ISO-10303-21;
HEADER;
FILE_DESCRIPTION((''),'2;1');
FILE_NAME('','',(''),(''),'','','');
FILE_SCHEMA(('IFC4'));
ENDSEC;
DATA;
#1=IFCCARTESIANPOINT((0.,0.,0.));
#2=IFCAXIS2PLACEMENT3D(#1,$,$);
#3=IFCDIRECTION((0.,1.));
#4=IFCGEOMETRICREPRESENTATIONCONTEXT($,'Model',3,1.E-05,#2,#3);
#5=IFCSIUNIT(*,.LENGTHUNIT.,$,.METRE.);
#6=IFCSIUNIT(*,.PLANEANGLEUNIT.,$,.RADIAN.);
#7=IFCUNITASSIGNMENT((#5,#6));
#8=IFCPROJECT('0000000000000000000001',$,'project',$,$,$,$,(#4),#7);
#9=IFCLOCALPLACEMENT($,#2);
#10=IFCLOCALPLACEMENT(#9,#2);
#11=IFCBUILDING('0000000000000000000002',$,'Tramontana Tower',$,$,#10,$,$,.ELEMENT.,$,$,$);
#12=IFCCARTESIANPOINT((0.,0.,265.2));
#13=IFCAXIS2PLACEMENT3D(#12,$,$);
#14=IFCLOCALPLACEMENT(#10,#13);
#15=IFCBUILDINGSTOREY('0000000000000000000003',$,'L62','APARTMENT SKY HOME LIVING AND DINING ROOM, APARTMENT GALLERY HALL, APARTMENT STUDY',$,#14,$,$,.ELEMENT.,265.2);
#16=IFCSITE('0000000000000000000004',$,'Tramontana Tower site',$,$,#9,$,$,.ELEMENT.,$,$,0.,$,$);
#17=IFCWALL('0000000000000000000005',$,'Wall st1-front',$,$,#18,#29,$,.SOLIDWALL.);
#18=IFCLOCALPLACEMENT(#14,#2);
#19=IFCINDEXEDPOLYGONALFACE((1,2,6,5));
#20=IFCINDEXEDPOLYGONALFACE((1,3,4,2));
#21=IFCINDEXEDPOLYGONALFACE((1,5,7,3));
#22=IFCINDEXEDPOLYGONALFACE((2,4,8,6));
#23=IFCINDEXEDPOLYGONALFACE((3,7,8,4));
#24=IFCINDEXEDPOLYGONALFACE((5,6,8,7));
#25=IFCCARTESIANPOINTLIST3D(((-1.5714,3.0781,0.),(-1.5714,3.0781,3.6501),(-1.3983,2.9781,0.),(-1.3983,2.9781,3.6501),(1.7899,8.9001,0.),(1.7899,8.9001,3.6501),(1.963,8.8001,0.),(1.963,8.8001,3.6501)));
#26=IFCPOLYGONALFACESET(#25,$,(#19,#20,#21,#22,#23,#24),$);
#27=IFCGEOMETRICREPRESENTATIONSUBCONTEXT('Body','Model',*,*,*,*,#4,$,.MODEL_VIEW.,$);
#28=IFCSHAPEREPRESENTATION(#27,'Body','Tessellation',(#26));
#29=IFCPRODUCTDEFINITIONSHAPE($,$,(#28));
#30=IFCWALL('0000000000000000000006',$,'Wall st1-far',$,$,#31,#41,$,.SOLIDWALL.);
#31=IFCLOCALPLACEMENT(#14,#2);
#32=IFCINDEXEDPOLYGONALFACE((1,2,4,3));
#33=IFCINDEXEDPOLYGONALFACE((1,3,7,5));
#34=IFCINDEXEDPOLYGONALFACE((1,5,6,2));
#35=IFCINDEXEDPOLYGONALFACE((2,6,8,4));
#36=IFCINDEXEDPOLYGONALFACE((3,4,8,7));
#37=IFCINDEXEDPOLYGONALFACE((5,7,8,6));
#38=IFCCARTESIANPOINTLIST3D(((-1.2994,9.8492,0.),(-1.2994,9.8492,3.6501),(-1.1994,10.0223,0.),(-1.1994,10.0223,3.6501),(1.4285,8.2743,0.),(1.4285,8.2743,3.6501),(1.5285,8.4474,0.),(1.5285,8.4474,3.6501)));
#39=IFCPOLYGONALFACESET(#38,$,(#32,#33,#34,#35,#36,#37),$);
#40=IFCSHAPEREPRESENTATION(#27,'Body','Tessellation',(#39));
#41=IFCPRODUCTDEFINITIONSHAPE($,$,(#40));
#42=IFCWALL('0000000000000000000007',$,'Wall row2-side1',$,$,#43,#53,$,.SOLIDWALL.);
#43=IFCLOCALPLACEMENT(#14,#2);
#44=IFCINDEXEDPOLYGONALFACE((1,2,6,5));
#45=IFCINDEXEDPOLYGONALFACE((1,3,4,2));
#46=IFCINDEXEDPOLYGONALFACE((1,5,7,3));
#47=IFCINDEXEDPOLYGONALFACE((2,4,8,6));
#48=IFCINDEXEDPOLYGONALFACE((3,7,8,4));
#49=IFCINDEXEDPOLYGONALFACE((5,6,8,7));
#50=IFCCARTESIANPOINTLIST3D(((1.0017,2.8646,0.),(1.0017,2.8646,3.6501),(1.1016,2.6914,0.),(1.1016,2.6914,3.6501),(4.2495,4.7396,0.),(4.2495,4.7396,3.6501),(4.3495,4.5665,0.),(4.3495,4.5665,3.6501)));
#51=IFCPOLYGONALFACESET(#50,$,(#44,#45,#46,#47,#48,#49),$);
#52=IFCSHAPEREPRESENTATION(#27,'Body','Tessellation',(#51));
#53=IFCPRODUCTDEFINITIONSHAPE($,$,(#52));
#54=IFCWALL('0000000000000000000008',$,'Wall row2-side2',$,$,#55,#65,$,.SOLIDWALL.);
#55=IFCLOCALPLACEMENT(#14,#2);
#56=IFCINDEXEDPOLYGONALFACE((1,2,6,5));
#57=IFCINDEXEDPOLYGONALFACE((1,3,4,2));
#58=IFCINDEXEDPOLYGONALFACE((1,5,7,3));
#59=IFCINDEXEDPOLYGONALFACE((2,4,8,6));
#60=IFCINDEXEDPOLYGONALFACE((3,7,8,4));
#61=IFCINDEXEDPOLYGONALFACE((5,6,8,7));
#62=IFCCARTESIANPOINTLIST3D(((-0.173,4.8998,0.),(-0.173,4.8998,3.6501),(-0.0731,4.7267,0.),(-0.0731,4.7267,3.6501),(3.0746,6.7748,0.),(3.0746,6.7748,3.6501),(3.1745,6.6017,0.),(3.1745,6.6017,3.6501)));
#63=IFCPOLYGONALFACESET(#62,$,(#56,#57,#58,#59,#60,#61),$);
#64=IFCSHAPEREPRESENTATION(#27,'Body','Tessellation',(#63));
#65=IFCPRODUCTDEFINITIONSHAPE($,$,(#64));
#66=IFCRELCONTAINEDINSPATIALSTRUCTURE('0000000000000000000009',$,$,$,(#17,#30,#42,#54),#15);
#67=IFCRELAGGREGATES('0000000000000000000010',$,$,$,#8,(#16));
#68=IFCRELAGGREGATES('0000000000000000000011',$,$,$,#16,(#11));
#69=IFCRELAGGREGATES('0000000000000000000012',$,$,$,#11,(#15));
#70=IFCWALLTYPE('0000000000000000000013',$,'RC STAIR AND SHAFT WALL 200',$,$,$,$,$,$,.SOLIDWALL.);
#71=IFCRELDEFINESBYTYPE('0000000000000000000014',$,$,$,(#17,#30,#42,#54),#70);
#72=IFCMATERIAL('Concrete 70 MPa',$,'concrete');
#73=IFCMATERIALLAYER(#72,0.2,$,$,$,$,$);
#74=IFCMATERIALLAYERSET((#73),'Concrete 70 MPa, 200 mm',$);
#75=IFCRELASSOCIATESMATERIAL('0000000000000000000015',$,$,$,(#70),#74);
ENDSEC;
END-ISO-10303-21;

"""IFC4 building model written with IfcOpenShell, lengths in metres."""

from ifc_helpers import new_model, si_unit, direction, frame, frame_2d, origin, place, context, subcontext, project, spatial, rectangle, extrude, material, layer, layer_set, type_object, element, save


model = new_model("IFC4")

# Units and contexts
model_context = context("Model", 3, precision=1e-05, world=origin(), true_north=direction((0.0, 1.0)))
body_context = subcontext(model_context, "Body", "Model", "MODEL_VIEW")
ifc_project = project(units=[si_unit("LENGTHUNIT", "METRE"), si_unit("PLANEANGLEUNIT", "RADIAN")], contexts=[model_context])

# Site, building, storey
site_placement = place(None, origin())
site = spatial("IfcSite", under=ifc_project, at=site_placement, Name="Tramontana Tower site", CompositionType="ELEMENT", RefElevation=0.0)
building_placement = place(site_placement, origin())
building = spatial("IfcBuilding", under=site, at=building_placement, Name="Tramontana Tower", CompositionType="ELEMENT")
storey_placement = place(building_placement, frame((0.0, 0.0, 265.2)))
storey = spatial("IfcBuildingStorey", under=building, at=storey_placement, Name="L62", Description="APARTMENT SKY HOME LIVING AND DINING ROOM, APARTMENT GALLERY HALL, APARTMENT STUDY", CompositionType="ELEMENT", Elevation=265.2)

# Walls
ifc_material_1 = material(Name="Concrete 70 MPa", Category="concrete")
ifc_layer_1 = layer(ifc_material_1, 0.2)
ifc_layer_set_1 = layer_set([ifc_layer_1], Name="Concrete 70 MPa, 200 mm")
wall_type_1 = type_object("IfcWallType", Name="RC STAIR AND SHAFT WALL 200", PredefinedType="SOLIDWALL", material=ifc_layer_set_1)
wall_1_placement = place(storey_placement, frame((1.8765, 8.8501, 0.0), z_axis=(0.0, 0.0, 1.0), x_axis=(-0.499998, -0.866027, 0.0)))
element("IfcWall", 1, at=wall_1_placement, inside=storey, type_object=wall_type_1, Name="Wall st1-front", PredefinedType="SOLIDWALL", context=body_context, shape_type="SweptSolid", body=[
    extrude(rectangle(XDim=6.7227, YDim=0.2, at=frame_2d((3.3613, 0.0))), origin(), (0.0, 0.0, 1.0), 3.6501),
])
wall_2_placement = place(storey_placement, frame((1.4785, 8.3608, 0.0), z_axis=(0.0, 0.0, 1.0), x_axis=(-0.866036, 0.499982, 0.0)))
element("IfcWall", 2, at=wall_2_placement, inside=storey, type_object=wall_type_1, Name="Wall st1-far", PredefinedType="SOLIDWALL", context=body_context, shape_type="SweptSolid", body=[
    extrude(rectangle(XDim=3.1499, YDim=0.2, at=frame_2d((1.575, 0.0))), origin(), (0.0, 0.0, 1.0), 3.6501),
])
wall_3_placement = place(storey_placement, frame((1.0518, 2.7781, 0.0), z_axis=(0.0, 0.0, 1.0), x_axis=(0.866039, 0.499976, 0.0)))
element("IfcWall", 3, at=wall_3_placement, inside=storey, type_object=wall_type_1, Name="Wall row2-side1", PredefinedType="SOLIDWALL", context=body_context, shape_type="SweptSolid", body=[
    extrude(rectangle(XDim=3.7502, YDim=0.2, at=frame_2d((1.875, 0.0))), origin(), (0.0, 0.0, 1.0), 3.6501),
])
wall_4_placement = place(storey_placement, frame((-0.123, 4.8132, 0.0), z_axis=(0.0, 0.0, 1.0), x_axis=(0.866023, 0.500004, 0.0)))
element("IfcWall", 4, at=wall_4_placement, inside=storey, type_object=wall_type_1, Name="Wall row2-side2", PredefinedType="SOLIDWALL", context=body_context, shape_type="SweptSolid", body=[
    extrude(rectangle(XDim=3.75, YDim=0.2, at=frame_2d((1.875, 0.0))), origin(), (0.0, 0.0, 1.0), 3.6501),
])

save(model, "model.ifc")
